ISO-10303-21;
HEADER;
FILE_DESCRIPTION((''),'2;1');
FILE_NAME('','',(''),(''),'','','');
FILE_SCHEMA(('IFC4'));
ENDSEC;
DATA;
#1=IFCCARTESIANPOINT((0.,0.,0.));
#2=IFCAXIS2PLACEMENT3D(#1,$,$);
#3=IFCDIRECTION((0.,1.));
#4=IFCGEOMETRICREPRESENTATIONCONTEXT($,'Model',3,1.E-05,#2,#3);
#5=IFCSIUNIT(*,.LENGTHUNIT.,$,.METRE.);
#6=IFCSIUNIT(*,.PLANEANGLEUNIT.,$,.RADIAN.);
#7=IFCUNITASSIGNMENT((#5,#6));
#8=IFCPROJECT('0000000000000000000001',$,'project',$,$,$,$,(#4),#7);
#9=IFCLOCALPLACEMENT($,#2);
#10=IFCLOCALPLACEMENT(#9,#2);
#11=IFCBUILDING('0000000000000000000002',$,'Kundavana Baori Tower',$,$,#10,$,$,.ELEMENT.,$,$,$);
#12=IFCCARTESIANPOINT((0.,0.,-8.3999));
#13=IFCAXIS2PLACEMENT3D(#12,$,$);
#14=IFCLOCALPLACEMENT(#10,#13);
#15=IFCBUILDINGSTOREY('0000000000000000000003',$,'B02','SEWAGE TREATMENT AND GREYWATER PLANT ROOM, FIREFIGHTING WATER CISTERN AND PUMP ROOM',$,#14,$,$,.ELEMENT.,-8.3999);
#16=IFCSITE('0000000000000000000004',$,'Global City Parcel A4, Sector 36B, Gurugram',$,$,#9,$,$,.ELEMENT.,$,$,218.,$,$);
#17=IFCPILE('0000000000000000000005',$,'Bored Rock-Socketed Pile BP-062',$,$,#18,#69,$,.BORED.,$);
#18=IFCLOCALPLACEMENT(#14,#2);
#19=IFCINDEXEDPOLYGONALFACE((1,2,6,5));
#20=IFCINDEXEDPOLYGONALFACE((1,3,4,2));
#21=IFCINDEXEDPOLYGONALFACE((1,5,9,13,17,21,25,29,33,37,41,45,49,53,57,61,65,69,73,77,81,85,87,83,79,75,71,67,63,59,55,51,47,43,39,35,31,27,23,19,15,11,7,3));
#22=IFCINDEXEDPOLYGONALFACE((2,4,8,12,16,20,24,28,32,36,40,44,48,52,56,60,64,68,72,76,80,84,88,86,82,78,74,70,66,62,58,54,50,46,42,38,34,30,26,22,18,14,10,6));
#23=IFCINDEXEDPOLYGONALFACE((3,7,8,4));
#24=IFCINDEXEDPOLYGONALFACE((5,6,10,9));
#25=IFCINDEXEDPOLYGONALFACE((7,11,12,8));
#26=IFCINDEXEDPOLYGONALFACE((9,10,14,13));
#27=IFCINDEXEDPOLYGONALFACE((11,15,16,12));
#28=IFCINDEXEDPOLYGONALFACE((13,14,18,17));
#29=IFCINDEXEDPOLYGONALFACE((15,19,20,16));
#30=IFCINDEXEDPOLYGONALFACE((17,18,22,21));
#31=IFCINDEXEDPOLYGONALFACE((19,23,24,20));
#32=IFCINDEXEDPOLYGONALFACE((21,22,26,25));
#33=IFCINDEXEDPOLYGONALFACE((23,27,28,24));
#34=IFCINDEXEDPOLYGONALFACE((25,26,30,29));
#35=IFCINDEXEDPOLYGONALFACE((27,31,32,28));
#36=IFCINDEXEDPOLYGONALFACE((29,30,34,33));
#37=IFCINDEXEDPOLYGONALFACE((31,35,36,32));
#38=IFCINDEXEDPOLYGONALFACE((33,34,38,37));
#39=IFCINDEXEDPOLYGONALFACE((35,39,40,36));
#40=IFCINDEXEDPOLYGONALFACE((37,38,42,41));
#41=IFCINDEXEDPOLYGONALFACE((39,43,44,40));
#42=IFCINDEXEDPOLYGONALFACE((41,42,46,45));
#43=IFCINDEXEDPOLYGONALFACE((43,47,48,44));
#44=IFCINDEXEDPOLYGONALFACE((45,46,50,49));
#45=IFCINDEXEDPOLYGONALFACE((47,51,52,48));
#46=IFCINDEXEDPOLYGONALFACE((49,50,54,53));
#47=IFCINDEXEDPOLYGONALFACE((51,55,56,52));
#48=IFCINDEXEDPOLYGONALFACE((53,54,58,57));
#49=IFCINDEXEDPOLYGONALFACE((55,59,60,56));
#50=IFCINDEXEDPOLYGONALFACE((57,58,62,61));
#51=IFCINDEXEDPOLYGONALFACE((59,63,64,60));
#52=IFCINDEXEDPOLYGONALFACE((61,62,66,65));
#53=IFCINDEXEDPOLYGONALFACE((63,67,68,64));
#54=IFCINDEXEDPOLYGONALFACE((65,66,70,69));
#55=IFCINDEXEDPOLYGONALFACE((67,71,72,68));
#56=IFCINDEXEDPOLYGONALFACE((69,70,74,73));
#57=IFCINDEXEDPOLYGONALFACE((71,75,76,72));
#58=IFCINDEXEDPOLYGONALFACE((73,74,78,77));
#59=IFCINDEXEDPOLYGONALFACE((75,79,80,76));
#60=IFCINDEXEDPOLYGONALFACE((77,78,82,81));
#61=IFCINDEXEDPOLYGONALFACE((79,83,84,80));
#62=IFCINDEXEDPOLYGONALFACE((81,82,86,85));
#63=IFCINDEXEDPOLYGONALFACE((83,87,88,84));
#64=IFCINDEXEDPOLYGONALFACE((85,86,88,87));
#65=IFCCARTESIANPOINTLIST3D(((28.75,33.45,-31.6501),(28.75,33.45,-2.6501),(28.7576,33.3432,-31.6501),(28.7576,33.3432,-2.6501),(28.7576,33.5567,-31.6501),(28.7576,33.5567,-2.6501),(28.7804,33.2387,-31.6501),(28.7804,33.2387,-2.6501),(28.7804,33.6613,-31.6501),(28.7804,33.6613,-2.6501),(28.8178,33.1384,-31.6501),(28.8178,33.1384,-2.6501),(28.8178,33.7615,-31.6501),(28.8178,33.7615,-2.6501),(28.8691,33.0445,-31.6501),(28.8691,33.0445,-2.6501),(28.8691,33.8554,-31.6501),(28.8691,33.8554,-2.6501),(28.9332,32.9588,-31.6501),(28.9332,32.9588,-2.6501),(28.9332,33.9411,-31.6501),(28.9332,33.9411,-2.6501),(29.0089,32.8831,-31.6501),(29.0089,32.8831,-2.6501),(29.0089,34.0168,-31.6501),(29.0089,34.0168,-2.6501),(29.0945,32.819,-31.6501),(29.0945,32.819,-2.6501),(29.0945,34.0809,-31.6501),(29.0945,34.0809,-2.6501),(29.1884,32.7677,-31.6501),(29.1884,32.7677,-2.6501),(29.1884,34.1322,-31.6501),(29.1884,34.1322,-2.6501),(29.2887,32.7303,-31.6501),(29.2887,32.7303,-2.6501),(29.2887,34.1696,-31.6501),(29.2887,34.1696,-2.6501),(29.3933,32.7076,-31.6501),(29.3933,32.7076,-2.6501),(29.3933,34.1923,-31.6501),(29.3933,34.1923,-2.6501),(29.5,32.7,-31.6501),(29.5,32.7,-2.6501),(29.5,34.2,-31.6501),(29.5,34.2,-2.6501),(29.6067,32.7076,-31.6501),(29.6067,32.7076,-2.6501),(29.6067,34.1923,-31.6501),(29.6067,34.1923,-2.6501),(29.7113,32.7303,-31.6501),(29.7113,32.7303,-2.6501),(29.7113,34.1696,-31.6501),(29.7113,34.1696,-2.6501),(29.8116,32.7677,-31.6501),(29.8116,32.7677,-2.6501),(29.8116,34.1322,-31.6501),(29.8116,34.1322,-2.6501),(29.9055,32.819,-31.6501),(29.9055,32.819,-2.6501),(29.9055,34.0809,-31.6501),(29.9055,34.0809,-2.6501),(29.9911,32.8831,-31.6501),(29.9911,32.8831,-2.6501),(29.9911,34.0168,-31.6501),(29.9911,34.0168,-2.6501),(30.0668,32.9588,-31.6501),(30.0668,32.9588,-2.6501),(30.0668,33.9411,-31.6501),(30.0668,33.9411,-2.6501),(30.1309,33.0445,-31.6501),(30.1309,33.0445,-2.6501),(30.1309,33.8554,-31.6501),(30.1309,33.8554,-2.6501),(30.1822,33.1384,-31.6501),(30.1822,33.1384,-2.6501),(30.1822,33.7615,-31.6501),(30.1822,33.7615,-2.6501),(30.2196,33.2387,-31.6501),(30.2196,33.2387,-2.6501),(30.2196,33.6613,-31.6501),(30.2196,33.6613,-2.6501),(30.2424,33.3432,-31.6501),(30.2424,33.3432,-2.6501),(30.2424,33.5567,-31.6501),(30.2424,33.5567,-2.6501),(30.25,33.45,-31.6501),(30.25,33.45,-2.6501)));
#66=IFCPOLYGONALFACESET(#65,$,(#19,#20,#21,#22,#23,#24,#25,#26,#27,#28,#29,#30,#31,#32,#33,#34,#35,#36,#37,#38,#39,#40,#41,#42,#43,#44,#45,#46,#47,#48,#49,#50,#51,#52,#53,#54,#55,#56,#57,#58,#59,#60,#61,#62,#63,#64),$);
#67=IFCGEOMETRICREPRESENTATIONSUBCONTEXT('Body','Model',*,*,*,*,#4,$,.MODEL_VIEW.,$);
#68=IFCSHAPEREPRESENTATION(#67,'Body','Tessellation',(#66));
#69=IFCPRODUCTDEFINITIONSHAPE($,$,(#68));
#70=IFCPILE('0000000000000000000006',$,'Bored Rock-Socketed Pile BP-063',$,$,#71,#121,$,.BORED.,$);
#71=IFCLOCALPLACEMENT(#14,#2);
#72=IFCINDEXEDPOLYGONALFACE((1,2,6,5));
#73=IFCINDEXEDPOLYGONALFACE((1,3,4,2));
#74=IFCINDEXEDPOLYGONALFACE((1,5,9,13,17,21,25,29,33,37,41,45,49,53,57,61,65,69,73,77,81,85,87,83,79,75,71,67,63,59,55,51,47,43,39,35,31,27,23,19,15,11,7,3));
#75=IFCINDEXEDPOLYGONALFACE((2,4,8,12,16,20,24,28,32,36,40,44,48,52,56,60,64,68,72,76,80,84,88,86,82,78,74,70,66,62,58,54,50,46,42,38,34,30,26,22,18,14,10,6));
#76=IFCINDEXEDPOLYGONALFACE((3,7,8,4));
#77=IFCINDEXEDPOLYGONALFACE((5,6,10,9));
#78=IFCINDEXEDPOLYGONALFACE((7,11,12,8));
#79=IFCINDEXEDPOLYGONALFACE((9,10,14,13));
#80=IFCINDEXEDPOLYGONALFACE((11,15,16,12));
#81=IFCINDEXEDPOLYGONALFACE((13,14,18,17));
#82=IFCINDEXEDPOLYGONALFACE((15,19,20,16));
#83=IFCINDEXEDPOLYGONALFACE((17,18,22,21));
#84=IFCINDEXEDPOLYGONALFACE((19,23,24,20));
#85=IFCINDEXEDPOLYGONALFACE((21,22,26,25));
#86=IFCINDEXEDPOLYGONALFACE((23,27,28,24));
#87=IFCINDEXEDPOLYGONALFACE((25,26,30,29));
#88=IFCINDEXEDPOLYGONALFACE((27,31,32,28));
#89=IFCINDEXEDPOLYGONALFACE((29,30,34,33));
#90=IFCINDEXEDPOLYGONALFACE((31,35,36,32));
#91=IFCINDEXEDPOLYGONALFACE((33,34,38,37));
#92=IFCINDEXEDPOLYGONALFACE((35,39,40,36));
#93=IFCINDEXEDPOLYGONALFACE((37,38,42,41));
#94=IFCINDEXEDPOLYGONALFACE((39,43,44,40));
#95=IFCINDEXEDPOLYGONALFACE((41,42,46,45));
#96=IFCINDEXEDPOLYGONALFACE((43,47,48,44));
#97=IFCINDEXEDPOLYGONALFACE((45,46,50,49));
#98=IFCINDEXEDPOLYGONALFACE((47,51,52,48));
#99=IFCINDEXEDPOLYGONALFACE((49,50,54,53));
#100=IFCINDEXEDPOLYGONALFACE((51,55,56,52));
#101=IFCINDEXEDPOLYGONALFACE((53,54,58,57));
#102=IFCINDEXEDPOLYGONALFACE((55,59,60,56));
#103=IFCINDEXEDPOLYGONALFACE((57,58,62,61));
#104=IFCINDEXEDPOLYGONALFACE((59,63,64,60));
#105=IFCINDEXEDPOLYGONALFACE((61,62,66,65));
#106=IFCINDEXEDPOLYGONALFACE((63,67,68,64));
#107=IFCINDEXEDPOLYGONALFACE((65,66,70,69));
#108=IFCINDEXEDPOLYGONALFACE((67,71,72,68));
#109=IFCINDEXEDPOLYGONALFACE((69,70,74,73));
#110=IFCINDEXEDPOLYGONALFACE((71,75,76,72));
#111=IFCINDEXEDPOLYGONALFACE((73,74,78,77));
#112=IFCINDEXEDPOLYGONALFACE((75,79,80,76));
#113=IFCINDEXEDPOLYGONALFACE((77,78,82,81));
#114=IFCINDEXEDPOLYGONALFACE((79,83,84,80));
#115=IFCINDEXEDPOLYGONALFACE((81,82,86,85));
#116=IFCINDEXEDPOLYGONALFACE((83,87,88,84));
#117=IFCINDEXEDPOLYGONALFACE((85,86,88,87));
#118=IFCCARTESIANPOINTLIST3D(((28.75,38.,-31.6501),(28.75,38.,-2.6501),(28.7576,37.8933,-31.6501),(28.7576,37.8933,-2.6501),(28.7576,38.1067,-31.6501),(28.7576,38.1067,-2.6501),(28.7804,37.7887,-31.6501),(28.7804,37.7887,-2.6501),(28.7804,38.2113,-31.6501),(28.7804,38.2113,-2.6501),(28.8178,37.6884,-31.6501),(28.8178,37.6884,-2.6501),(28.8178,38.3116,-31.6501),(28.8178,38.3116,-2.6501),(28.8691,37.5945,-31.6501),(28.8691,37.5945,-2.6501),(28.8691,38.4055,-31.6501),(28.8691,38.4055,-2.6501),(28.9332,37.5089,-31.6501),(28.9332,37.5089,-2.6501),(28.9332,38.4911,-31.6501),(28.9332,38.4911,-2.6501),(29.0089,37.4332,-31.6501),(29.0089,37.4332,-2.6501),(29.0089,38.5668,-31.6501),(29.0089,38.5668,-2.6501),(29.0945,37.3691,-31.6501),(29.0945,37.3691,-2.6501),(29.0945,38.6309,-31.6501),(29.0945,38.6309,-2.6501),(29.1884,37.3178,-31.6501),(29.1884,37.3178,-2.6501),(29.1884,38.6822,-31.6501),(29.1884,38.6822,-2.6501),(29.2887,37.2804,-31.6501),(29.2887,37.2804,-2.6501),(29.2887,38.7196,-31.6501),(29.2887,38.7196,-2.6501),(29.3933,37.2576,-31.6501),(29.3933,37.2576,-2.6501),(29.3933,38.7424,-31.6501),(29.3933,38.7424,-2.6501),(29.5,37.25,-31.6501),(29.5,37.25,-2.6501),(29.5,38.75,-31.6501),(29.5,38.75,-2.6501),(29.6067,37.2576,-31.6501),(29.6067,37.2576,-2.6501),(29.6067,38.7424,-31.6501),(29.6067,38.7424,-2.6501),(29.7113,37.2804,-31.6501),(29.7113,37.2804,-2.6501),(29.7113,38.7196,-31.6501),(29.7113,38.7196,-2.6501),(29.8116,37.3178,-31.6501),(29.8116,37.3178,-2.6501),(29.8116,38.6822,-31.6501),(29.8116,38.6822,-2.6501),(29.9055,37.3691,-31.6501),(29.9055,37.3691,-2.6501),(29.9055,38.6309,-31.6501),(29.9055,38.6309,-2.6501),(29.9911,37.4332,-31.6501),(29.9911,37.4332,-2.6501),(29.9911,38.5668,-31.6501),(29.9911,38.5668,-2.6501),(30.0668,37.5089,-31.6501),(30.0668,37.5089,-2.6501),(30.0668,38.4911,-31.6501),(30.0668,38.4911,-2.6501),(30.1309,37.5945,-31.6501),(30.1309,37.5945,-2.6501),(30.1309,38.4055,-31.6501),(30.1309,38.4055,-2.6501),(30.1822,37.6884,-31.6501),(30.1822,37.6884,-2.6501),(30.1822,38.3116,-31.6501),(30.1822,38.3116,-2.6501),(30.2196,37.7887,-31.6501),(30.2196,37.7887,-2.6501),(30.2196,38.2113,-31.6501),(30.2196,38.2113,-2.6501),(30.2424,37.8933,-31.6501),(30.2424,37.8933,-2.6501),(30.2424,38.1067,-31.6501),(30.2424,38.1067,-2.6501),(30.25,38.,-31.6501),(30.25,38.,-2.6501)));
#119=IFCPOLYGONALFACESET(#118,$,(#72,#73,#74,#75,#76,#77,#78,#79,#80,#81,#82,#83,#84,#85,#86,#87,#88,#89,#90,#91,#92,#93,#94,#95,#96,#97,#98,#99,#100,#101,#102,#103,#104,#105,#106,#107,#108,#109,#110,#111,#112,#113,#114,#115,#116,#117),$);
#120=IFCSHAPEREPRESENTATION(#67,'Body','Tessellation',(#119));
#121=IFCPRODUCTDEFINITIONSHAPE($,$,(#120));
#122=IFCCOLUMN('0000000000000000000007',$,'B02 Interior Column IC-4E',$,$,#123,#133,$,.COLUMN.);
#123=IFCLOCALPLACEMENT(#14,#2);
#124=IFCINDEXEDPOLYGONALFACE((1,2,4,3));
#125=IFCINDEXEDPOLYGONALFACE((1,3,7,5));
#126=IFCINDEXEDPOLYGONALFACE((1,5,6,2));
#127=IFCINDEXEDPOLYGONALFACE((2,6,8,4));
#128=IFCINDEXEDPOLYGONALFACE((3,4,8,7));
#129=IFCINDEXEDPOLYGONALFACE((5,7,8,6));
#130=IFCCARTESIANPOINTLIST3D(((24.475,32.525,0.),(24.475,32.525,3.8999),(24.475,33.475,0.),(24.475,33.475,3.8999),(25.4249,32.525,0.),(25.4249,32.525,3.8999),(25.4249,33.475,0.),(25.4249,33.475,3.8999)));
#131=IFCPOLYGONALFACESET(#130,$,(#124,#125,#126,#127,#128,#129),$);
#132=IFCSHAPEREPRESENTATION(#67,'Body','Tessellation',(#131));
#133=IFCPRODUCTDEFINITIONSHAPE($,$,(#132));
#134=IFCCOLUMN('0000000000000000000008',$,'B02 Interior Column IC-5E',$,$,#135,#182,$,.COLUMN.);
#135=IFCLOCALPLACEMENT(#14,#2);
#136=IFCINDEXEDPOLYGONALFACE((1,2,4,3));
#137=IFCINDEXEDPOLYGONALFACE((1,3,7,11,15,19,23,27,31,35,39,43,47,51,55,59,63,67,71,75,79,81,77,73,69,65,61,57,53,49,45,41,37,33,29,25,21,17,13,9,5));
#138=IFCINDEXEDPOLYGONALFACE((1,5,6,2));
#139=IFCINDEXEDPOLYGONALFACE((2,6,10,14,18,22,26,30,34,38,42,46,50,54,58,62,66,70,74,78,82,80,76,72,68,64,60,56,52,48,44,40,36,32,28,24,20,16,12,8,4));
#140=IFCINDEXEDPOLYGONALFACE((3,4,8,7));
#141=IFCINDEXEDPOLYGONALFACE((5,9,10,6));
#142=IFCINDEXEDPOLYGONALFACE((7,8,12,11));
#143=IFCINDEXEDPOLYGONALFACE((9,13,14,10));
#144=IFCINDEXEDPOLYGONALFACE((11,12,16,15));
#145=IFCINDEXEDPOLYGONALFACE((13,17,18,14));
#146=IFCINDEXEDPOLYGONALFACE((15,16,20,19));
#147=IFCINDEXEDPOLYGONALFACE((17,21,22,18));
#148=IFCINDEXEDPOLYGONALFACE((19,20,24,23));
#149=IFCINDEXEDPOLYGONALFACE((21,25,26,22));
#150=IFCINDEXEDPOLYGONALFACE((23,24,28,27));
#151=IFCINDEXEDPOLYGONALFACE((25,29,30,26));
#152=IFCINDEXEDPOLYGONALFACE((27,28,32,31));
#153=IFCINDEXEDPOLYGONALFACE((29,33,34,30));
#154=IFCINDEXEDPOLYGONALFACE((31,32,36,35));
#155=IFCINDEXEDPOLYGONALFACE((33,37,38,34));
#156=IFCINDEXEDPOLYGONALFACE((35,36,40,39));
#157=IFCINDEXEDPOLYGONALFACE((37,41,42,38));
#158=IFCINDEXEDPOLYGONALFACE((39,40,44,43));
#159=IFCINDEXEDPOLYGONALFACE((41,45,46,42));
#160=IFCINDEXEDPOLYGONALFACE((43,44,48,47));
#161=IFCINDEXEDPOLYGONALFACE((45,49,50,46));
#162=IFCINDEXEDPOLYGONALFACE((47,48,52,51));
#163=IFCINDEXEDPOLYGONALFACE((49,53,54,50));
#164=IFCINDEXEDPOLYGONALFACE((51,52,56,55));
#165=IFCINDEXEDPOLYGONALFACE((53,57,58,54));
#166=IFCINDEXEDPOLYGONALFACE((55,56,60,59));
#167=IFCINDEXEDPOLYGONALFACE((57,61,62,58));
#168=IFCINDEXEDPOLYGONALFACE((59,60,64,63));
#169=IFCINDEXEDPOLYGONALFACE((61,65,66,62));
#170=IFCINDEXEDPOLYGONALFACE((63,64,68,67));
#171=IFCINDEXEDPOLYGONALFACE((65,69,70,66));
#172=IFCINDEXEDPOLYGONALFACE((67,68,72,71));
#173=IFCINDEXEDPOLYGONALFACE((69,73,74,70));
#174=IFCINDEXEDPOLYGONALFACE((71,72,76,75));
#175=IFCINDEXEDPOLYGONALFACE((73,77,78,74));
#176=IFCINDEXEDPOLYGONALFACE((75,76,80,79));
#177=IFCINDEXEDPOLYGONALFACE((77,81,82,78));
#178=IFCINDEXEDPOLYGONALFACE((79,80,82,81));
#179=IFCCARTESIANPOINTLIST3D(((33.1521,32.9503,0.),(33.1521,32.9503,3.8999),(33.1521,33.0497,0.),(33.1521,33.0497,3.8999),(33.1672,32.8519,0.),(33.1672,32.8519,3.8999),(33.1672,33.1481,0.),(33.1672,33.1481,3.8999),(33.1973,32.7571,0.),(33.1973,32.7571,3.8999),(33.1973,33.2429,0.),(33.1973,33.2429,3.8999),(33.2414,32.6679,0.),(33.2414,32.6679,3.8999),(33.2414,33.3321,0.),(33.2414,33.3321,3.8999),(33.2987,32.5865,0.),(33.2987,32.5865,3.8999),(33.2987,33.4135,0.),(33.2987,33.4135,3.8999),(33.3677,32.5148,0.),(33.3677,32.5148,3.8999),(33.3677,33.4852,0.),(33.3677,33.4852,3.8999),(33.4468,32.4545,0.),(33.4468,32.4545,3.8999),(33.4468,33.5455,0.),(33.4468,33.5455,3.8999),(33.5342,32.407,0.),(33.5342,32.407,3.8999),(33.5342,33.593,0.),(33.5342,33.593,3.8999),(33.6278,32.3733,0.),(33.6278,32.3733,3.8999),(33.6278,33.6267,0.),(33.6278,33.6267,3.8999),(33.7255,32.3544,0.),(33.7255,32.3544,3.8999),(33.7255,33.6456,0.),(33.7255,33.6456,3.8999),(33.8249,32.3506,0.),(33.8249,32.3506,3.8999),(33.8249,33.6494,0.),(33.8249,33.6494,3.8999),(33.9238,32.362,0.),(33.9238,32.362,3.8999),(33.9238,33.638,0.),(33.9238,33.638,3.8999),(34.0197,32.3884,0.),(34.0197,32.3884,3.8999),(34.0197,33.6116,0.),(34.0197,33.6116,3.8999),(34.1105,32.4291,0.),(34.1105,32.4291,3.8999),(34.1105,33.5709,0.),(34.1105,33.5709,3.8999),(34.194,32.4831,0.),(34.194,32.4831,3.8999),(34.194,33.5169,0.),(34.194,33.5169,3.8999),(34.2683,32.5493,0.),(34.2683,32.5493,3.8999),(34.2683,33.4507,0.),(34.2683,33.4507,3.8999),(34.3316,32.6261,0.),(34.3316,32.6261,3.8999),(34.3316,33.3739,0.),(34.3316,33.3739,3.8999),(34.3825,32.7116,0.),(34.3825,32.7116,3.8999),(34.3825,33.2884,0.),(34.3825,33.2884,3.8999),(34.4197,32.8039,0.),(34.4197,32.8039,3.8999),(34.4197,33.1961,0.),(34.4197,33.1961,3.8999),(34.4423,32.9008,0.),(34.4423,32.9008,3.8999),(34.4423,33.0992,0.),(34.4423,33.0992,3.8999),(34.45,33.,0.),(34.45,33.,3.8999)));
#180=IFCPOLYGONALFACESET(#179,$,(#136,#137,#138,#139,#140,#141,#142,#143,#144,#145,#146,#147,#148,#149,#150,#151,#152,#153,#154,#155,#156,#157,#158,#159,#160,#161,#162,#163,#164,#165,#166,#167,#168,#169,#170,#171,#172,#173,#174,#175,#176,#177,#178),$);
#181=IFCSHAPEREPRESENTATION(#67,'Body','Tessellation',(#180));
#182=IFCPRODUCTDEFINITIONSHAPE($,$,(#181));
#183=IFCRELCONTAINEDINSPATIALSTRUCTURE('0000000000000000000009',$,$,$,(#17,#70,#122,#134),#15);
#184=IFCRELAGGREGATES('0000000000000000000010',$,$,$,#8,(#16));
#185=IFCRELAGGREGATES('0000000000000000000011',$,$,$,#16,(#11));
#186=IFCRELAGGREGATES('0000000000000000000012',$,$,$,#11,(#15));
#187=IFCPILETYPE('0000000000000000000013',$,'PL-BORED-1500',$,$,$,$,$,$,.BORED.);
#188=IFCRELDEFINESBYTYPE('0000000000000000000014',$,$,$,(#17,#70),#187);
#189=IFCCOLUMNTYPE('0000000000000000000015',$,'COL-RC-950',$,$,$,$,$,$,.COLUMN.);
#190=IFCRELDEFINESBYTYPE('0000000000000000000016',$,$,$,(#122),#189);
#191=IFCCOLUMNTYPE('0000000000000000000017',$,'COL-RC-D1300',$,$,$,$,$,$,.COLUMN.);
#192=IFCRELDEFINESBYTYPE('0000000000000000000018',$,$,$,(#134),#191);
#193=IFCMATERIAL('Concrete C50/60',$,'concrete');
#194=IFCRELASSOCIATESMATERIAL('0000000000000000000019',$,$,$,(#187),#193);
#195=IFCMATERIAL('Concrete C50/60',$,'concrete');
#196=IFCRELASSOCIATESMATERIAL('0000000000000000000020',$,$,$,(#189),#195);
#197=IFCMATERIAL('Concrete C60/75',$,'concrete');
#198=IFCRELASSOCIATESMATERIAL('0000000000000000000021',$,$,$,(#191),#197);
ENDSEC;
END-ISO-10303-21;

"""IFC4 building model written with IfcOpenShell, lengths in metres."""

from ifc_helpers import new_model, si_unit, direction, frame, origin, origin_2d, place, context, subcontext, project, spatial, rectangle, circle, extrude, material, material_profile, profile_set, type_object, element, save


model = new_model("IFC4")

# Units and contexts
model_context = context("Model", 3, precision=1e-05, world=origin(), true_north=direction((0.0, 1.0)))
body_context = subcontext(model_context, "Body", "Model", "MODEL_VIEW")
ifc_project = project(units=[si_unit("LENGTHUNIT", "METRE"), si_unit("PLANEANGLEUNIT", "RADIAN")], contexts=[model_context])

# Site, building, storey
site_placement = place(None, origin())
site = spatial("IfcSite", under=ifc_project, at=site_placement, Name="Global City Parcel A4, Sector 36B, Gurugram", CompositionType="ELEMENT", RefElevation=218.0)
building_placement = place(site_placement, origin())
building = spatial("IfcBuilding", under=site, at=building_placement, Name="Kundavana Baori Tower", CompositionType="ELEMENT")
storey_placement = place(building_placement, frame((0.0, 0.0, -8.3999)))
storey = spatial("IfcBuildingStorey", under=building, at=storey_placement, Name="B02", Description="SEWAGE TREATMENT AND GREYWATER PLANT ROOM, FIREFIGHTING WATER CISTERN AND PUMP ROOM", CompositionType="ELEMENT", Elevation=-8.3999)

# Piles
ifc_material_1 = material(Name="Concrete C50/60", Category="concrete")
ifc_material_profile_1 = material_profile(ifc_material_1, circle(Radius=0.75, at=origin_2d()), Name="BORED PILE D1500")
ifc_profile_set_1 = profile_set([ifc_material_profile_1], Name="Concrete C50/60")
pile_type = type_object("IfcPileType", Name="PL-BORED-1500", PredefinedType="BORED", material=ifc_profile_set_1)
for number, where, z_axis, x_axis, name in (
    (1, (29.5, 33.45, -2.6501), (0.0, 0.0, -1.0), (1.0, 0.0, 0.0), "Bored Rock-Socketed Pile BP-062"),
    (2, (29.5, 38.0, -2.6501), (0.0, 0.0, -1.0), (1.0, 0.0, 0.0), "Bored Rock-Socketed Pile BP-063"),
):
    element("IfcPile", number, at=place(storey_placement, frame(where, z_axis=z_axis, x_axis=x_axis)), inside=storey, type_object=pile_type, Name=name, PredefinedType="BORED", context=body_context, shape_type="SweptSolid", body=[
        extrude(circle(Radius=0.75, at=origin_2d()), origin(), (0.0, 0.0, 1.0), 29.0),
    ])

# Columns
ifc_material_2 = material(Name="Concrete C50/60", Category="concrete")
ifc_material_profile_2 = material_profile(ifc_material_2, rectangle(XDim=0.95, YDim=0.95, at=origin_2d()), Name="RC 950x950")
ifc_profile_set_2 = profile_set([ifc_material_profile_2], Name="Concrete C50/60")
column_type_1 = type_object("IfcColumnType", Name="COL-RC-950", PredefinedType="COLUMN", material=ifc_profile_set_2)
column_1_placement = place(storey_placement, frame((24.95, 33.0, 0.0), z_axis=(0.0, 0.0, 1.0), x_axis=(1.0, 0.0, 0.0)))
element("IfcColumn", 3, at=column_1_placement, inside=storey, type_object=column_type_1, Name="B02 Interior Column IC-4E", PredefinedType="COLUMN", context=body_context, shape_type="SweptSolid", body=[
    extrude(rectangle(XDim=0.95, YDim=0.95, at=origin_2d()), origin(), (0.0, 0.0, 1.0), 3.8999),
])
ifc_material_3 = material(Name="Concrete C60/75", Category="concrete")
ifc_material_profile_3 = material_profile(ifc_material_3, circle(Radius=0.6499, at=origin_2d()), Name="RC D1300")
ifc_profile_set_3 = profile_set([ifc_material_profile_3], Name="Concrete C60/75")
column_type_2 = type_object("IfcColumnType", Name="COL-RC-D1300", PredefinedType="COLUMN", material=ifc_profile_set_3)
column_2_placement = place(storey_placement, frame((33.8, 33.0, 0.0), z_axis=(0.0, 0.0, 1.0), x_axis=(1.0, 0.0, 0.0)))
element("IfcColumn", 4, at=column_2_placement, inside=storey, type_object=column_type_2, Name="B02 Interior Column IC-5E", PredefinedType="COLUMN", context=body_context, shape_type="SweptSolid", body=[
    extrude(circle(Radius=0.6499, at=origin_2d()), origin(), (0.0, 0.0, 1.0), 3.8999),
])

save(model, "model.ifc")
